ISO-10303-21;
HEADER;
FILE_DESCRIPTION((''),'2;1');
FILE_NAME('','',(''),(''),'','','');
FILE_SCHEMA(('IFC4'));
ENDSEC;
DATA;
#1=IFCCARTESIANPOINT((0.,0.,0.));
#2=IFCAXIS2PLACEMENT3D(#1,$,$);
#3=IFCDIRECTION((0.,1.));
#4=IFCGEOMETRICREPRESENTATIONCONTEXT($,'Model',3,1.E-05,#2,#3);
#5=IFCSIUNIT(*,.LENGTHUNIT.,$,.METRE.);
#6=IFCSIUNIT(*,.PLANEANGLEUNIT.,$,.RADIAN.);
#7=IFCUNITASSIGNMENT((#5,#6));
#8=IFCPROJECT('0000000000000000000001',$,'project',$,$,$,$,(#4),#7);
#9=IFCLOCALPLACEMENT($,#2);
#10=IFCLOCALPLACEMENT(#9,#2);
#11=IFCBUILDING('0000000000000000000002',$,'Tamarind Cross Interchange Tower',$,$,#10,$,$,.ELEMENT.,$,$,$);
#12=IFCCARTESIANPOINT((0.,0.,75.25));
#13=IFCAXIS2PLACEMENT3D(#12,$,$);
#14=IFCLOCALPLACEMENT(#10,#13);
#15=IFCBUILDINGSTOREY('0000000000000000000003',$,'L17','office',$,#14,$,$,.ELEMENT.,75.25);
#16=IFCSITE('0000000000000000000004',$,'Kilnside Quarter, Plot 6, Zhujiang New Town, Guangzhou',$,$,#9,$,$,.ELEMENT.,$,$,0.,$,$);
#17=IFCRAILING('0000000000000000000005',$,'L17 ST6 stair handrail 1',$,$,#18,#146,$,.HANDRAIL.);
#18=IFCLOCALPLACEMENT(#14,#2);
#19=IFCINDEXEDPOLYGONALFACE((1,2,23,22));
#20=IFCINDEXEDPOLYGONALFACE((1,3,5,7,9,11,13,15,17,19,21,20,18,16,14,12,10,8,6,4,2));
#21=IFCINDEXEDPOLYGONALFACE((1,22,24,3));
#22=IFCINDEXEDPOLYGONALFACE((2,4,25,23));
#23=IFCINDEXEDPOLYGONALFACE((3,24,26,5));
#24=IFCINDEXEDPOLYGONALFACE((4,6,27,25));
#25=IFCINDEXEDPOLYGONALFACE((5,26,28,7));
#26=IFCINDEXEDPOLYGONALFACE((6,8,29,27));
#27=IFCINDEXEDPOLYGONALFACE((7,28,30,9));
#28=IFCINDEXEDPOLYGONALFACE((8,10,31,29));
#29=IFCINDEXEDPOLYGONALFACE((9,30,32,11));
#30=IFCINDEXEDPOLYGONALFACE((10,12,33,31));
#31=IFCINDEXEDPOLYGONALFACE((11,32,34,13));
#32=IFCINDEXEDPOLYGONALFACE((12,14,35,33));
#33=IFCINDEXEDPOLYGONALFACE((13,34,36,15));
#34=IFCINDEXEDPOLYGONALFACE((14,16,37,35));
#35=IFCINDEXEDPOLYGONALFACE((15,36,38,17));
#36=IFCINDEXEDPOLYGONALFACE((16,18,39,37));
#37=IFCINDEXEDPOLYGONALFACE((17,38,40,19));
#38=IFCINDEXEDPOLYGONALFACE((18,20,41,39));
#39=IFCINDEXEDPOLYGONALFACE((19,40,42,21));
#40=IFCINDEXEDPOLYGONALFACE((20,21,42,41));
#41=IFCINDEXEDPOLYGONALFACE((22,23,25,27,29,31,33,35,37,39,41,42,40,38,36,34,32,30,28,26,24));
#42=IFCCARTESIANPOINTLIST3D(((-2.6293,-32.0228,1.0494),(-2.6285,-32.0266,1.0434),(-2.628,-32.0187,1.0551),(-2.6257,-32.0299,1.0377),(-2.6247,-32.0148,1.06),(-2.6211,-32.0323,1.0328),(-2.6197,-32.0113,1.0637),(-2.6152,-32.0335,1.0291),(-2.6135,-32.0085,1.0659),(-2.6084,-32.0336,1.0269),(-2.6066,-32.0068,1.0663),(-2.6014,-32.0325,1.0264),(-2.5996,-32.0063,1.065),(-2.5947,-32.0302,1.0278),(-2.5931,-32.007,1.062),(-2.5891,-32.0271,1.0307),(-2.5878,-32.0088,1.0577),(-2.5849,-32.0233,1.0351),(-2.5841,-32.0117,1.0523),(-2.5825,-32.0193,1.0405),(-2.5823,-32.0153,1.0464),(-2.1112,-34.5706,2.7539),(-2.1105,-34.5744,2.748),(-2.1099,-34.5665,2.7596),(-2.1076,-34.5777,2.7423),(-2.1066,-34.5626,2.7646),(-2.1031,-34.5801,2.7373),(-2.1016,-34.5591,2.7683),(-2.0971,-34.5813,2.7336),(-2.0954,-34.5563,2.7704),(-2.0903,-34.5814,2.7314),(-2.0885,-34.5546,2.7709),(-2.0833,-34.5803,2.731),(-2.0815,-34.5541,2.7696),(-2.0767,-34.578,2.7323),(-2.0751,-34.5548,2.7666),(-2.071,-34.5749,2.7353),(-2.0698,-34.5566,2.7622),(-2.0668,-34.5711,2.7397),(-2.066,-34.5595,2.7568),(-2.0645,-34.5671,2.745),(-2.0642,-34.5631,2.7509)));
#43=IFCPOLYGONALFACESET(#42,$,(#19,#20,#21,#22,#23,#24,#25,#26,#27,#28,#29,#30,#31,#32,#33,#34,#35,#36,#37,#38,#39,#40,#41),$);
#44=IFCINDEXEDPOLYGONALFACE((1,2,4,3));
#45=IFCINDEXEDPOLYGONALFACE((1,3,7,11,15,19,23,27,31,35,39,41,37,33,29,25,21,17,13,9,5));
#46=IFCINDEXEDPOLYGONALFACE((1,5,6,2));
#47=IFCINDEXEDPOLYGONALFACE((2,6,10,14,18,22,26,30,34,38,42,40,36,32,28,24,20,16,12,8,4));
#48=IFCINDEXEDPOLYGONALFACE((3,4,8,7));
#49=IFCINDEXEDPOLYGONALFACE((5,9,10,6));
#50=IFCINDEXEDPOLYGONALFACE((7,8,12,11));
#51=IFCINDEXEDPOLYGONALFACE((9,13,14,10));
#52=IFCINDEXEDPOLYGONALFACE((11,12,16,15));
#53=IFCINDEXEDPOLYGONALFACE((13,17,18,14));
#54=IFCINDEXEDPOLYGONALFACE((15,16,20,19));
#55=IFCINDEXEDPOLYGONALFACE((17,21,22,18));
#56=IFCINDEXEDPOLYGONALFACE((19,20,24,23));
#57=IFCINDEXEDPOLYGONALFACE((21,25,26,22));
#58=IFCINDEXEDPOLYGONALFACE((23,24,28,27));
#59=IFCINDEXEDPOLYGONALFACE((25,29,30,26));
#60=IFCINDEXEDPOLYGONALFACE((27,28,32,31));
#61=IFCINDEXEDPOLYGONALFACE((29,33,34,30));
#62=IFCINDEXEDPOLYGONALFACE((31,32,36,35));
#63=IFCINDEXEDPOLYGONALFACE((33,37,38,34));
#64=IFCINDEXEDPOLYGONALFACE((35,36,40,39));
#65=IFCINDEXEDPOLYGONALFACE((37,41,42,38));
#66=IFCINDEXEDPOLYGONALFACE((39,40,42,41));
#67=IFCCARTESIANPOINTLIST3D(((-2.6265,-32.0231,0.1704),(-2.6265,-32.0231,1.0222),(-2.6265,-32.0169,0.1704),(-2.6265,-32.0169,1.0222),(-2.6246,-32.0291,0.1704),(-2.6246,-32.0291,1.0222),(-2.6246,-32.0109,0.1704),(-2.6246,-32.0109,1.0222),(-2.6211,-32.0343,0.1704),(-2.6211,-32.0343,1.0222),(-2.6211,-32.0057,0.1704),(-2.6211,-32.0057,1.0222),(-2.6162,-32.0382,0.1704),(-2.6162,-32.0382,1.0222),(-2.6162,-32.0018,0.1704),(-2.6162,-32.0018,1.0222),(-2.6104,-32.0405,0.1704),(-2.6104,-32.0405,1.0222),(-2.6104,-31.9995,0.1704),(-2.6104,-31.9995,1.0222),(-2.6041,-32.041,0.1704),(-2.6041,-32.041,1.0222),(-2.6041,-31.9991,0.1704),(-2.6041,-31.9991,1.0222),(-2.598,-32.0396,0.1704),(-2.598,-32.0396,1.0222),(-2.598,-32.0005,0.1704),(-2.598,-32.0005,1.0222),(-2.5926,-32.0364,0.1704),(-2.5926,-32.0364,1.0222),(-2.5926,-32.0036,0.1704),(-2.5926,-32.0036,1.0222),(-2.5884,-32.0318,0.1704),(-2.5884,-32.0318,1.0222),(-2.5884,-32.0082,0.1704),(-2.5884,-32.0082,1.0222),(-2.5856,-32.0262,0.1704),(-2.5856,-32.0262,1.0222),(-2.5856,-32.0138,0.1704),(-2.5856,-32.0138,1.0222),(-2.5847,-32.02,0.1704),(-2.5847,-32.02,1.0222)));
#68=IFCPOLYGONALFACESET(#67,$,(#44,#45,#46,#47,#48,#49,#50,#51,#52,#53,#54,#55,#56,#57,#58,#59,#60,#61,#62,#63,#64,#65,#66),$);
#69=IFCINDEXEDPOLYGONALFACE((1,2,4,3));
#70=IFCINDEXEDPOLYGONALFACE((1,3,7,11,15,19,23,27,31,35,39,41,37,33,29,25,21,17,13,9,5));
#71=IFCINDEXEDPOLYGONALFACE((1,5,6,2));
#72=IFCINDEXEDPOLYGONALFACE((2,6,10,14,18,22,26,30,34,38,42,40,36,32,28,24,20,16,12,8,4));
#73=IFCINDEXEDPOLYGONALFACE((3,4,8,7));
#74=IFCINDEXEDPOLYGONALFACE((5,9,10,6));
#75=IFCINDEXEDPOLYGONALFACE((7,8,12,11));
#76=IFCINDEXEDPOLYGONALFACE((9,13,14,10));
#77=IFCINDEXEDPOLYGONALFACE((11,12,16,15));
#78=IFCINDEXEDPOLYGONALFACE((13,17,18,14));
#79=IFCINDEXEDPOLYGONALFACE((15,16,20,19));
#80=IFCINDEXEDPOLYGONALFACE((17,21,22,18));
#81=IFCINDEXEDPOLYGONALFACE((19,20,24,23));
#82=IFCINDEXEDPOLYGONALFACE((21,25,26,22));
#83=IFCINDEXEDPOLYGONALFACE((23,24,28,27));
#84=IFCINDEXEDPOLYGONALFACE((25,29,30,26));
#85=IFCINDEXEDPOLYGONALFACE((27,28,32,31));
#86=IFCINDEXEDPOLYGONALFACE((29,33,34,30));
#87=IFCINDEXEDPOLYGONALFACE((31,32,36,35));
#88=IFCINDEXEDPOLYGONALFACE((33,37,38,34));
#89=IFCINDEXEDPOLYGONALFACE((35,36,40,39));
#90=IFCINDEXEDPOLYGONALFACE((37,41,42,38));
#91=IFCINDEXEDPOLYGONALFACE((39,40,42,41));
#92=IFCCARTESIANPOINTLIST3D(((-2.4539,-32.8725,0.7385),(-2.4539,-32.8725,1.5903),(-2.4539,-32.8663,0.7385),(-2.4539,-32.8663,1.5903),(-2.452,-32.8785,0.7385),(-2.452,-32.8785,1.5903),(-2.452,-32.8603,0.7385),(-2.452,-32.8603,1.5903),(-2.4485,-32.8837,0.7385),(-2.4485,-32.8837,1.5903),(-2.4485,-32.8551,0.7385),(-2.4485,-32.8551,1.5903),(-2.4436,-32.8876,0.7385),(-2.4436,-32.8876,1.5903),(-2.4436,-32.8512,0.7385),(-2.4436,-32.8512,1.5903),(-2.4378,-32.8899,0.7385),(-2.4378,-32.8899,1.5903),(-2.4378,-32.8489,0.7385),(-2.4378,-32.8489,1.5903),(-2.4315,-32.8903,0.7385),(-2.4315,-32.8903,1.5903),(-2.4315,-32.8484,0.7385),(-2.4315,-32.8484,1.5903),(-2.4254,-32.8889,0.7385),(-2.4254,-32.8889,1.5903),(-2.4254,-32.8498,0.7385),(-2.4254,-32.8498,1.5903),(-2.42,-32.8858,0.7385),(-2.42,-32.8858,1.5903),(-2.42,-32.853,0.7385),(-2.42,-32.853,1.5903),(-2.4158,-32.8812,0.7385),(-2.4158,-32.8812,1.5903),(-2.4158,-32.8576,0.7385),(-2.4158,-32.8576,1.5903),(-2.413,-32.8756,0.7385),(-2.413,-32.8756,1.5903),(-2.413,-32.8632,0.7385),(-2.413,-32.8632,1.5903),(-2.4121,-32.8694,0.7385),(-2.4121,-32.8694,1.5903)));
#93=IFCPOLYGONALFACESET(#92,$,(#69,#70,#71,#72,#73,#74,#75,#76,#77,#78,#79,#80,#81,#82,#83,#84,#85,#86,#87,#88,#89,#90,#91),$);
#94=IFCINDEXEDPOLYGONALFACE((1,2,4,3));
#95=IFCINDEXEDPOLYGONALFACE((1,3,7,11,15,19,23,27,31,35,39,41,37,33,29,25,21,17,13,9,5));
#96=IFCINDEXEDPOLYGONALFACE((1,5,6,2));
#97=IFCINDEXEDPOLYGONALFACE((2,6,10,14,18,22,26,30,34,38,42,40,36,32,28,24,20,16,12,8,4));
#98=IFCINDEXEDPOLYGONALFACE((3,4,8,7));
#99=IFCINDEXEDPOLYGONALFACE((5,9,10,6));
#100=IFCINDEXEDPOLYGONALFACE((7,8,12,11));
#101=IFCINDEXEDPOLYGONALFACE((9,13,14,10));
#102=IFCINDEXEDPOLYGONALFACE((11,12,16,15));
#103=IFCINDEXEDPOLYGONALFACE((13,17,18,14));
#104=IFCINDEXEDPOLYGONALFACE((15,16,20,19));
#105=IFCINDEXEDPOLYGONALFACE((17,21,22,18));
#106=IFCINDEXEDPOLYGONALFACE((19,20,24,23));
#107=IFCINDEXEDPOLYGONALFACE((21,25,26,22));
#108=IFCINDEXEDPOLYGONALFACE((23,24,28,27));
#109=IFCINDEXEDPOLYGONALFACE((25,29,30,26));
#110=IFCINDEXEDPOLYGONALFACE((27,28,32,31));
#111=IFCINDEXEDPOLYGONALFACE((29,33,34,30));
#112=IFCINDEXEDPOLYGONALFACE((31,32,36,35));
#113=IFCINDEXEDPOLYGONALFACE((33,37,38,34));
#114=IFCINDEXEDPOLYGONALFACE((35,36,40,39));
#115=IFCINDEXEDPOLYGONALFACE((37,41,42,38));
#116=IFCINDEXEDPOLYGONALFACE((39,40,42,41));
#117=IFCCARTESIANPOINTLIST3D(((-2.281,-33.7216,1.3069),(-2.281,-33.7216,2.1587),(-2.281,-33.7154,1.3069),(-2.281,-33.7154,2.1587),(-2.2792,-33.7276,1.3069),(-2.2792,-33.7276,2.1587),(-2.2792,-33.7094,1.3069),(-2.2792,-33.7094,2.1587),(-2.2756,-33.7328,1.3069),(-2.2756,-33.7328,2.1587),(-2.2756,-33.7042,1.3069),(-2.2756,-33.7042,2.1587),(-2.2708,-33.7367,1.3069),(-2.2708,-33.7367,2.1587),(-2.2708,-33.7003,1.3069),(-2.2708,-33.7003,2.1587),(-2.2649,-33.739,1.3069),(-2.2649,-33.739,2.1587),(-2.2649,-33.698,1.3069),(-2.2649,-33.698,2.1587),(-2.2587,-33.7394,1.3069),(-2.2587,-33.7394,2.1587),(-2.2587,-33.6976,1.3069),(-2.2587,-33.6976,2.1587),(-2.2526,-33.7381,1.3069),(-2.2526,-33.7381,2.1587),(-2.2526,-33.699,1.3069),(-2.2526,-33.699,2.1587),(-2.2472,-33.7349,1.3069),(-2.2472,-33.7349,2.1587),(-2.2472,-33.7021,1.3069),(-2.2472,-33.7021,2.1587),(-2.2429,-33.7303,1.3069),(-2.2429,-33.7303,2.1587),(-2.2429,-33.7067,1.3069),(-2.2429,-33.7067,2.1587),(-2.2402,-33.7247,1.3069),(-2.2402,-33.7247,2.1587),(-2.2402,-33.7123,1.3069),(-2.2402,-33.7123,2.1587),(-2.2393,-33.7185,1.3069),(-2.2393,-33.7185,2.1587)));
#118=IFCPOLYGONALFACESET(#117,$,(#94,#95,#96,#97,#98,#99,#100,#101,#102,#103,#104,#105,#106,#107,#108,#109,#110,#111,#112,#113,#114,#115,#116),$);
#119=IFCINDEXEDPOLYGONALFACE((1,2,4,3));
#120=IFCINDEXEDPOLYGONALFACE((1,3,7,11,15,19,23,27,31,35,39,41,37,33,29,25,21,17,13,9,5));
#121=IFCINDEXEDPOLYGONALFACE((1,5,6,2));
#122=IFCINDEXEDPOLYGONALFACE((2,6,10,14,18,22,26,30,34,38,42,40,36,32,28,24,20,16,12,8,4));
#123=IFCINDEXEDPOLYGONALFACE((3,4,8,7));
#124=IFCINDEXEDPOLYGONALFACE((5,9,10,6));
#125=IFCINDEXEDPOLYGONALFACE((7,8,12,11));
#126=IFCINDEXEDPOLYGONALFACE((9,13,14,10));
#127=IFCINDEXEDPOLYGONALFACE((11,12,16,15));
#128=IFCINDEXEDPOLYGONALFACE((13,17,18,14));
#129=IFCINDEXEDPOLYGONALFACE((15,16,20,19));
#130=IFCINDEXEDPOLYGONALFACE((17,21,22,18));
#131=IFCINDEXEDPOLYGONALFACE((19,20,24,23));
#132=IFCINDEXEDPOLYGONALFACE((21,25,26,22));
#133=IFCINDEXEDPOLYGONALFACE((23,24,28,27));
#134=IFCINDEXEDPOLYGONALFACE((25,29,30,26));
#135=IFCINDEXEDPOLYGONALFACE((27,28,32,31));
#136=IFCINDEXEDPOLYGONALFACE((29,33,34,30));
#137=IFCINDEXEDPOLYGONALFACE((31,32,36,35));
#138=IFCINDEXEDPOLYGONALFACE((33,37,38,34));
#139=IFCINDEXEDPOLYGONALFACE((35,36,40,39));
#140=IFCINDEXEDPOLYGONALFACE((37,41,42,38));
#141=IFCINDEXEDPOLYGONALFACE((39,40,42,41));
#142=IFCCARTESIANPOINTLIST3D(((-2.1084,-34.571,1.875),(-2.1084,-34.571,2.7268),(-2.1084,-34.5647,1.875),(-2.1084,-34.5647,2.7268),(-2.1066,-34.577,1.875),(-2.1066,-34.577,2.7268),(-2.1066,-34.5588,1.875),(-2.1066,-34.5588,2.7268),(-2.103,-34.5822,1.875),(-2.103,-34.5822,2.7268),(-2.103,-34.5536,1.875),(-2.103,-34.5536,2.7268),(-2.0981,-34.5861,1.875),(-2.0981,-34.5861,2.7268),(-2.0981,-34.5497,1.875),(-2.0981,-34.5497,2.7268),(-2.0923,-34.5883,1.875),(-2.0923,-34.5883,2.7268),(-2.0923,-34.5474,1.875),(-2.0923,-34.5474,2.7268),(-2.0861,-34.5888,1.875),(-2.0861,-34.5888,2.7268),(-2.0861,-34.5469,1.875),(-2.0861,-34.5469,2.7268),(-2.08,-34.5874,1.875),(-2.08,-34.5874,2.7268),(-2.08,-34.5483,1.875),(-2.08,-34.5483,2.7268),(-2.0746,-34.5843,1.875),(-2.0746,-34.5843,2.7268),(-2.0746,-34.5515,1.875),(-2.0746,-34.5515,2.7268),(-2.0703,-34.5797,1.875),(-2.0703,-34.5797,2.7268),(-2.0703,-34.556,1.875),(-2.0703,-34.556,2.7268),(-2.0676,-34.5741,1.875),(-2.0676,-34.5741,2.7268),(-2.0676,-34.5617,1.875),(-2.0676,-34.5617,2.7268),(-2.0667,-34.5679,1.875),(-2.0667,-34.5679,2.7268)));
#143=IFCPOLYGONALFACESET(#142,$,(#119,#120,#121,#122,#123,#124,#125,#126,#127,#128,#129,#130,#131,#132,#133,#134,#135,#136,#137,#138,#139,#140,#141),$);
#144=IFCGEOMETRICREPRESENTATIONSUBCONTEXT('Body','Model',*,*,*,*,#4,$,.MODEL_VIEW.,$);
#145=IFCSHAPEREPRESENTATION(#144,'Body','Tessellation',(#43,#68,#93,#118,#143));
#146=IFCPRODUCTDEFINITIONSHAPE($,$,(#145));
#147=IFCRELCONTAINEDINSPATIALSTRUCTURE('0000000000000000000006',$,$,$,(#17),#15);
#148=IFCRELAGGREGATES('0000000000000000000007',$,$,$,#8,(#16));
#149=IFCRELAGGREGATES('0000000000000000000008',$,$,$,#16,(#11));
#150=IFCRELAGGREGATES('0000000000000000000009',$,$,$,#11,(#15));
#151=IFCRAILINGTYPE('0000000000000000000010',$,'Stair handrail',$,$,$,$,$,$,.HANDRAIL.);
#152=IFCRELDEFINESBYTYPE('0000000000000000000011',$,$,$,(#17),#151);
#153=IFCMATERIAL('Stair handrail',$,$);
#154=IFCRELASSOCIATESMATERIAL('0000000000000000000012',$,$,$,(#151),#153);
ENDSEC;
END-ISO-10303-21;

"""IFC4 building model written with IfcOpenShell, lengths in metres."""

from ifc_helpers import new_model, si_unit, direction, frame, origin, origin_2d, place, context, subcontext, project, spatial, circle, extrude, material, type_object, element, save


model = new_model("IFC4")

# Units and contexts
model_context = context("Model", 3, precision=1e-05, world=origin(), true_north=direction((0.0, 1.0)))
body_context = subcontext(model_context, "Body", "Model", "MODEL_VIEW")
ifc_project = project(units=[si_unit("LENGTHUNIT", "METRE"), si_unit("PLANEANGLEUNIT", "RADIAN")], contexts=[model_context])

# Site, building, storey
site_placement = place(None, origin())
site = spatial("IfcSite", under=ifc_project, at=site_placement, Name="Kilnside Quarter, Plot 6, Zhujiang New Town, Guangzhou", CompositionType="ELEMENT", RefElevation=0.0)
building_placement = place(site_placement, origin())
building = spatial("IfcBuilding", under=site, at=building_placement, Name="Tamarind Cross Interchange Tower", CompositionType="ELEMENT")
storey_placement = place(building_placement, frame((0.0, 0.0, 75.25)))
storey = spatial("IfcBuildingStorey", under=building, at=storey_placement, Name="L17", Description="office", CompositionType="ELEMENT", Elevation=75.25)

# Railing
ifc_material_1 = material(Name="Stair handrail")
railing_type_1 = type_object("IfcRailingType", Name="Stair handrail", PredefinedType="HANDRAIL", material=ifc_material_1)
railing_1_placement = place(storey_placement, frame((-2.6057, -32.02, 0.1704)))
element("IfcRailing", 1, at=railing_1_placement, inside=storey, type_object=railing_type_1, Name="L17 ST6 stair handrail 1", PredefinedType="HANDRAIL", context=body_context, shape_type="SweptSolid", body=[
    extrude(circle(Radius=0.0239, at=origin_2d()), frame((0.0, 0.0, 0.876), z_axis=(0.166637, -0.819522, 0.548285), x_axis=(0.979947, 0.199257, 0.0)), (0.0, 0.0, 1.0), 3.1089),
    extrude(circle(Radius=0.021, at=origin_2d()), origin(), (0.0, 0.0, 1.0), 0.8518),
    extrude(circle(Radius=0.021, at=origin_2d()), frame((0.1726, -0.8494, 0.5681)), (0.0, 0.0, 1.0), 0.8518),
    extrude(circle(Radius=0.021, at=origin_2d()), frame((0.3455, -1.6985, 1.1365)), (0.0, 0.0, 1.0), 0.8518),
    extrude(circle(Radius=0.021, at=origin_2d()), frame((0.5181, -2.5479, 1.7046)), (0.0, 0.0, 1.0), 0.8518),
])

save(model, "model.ifc")
